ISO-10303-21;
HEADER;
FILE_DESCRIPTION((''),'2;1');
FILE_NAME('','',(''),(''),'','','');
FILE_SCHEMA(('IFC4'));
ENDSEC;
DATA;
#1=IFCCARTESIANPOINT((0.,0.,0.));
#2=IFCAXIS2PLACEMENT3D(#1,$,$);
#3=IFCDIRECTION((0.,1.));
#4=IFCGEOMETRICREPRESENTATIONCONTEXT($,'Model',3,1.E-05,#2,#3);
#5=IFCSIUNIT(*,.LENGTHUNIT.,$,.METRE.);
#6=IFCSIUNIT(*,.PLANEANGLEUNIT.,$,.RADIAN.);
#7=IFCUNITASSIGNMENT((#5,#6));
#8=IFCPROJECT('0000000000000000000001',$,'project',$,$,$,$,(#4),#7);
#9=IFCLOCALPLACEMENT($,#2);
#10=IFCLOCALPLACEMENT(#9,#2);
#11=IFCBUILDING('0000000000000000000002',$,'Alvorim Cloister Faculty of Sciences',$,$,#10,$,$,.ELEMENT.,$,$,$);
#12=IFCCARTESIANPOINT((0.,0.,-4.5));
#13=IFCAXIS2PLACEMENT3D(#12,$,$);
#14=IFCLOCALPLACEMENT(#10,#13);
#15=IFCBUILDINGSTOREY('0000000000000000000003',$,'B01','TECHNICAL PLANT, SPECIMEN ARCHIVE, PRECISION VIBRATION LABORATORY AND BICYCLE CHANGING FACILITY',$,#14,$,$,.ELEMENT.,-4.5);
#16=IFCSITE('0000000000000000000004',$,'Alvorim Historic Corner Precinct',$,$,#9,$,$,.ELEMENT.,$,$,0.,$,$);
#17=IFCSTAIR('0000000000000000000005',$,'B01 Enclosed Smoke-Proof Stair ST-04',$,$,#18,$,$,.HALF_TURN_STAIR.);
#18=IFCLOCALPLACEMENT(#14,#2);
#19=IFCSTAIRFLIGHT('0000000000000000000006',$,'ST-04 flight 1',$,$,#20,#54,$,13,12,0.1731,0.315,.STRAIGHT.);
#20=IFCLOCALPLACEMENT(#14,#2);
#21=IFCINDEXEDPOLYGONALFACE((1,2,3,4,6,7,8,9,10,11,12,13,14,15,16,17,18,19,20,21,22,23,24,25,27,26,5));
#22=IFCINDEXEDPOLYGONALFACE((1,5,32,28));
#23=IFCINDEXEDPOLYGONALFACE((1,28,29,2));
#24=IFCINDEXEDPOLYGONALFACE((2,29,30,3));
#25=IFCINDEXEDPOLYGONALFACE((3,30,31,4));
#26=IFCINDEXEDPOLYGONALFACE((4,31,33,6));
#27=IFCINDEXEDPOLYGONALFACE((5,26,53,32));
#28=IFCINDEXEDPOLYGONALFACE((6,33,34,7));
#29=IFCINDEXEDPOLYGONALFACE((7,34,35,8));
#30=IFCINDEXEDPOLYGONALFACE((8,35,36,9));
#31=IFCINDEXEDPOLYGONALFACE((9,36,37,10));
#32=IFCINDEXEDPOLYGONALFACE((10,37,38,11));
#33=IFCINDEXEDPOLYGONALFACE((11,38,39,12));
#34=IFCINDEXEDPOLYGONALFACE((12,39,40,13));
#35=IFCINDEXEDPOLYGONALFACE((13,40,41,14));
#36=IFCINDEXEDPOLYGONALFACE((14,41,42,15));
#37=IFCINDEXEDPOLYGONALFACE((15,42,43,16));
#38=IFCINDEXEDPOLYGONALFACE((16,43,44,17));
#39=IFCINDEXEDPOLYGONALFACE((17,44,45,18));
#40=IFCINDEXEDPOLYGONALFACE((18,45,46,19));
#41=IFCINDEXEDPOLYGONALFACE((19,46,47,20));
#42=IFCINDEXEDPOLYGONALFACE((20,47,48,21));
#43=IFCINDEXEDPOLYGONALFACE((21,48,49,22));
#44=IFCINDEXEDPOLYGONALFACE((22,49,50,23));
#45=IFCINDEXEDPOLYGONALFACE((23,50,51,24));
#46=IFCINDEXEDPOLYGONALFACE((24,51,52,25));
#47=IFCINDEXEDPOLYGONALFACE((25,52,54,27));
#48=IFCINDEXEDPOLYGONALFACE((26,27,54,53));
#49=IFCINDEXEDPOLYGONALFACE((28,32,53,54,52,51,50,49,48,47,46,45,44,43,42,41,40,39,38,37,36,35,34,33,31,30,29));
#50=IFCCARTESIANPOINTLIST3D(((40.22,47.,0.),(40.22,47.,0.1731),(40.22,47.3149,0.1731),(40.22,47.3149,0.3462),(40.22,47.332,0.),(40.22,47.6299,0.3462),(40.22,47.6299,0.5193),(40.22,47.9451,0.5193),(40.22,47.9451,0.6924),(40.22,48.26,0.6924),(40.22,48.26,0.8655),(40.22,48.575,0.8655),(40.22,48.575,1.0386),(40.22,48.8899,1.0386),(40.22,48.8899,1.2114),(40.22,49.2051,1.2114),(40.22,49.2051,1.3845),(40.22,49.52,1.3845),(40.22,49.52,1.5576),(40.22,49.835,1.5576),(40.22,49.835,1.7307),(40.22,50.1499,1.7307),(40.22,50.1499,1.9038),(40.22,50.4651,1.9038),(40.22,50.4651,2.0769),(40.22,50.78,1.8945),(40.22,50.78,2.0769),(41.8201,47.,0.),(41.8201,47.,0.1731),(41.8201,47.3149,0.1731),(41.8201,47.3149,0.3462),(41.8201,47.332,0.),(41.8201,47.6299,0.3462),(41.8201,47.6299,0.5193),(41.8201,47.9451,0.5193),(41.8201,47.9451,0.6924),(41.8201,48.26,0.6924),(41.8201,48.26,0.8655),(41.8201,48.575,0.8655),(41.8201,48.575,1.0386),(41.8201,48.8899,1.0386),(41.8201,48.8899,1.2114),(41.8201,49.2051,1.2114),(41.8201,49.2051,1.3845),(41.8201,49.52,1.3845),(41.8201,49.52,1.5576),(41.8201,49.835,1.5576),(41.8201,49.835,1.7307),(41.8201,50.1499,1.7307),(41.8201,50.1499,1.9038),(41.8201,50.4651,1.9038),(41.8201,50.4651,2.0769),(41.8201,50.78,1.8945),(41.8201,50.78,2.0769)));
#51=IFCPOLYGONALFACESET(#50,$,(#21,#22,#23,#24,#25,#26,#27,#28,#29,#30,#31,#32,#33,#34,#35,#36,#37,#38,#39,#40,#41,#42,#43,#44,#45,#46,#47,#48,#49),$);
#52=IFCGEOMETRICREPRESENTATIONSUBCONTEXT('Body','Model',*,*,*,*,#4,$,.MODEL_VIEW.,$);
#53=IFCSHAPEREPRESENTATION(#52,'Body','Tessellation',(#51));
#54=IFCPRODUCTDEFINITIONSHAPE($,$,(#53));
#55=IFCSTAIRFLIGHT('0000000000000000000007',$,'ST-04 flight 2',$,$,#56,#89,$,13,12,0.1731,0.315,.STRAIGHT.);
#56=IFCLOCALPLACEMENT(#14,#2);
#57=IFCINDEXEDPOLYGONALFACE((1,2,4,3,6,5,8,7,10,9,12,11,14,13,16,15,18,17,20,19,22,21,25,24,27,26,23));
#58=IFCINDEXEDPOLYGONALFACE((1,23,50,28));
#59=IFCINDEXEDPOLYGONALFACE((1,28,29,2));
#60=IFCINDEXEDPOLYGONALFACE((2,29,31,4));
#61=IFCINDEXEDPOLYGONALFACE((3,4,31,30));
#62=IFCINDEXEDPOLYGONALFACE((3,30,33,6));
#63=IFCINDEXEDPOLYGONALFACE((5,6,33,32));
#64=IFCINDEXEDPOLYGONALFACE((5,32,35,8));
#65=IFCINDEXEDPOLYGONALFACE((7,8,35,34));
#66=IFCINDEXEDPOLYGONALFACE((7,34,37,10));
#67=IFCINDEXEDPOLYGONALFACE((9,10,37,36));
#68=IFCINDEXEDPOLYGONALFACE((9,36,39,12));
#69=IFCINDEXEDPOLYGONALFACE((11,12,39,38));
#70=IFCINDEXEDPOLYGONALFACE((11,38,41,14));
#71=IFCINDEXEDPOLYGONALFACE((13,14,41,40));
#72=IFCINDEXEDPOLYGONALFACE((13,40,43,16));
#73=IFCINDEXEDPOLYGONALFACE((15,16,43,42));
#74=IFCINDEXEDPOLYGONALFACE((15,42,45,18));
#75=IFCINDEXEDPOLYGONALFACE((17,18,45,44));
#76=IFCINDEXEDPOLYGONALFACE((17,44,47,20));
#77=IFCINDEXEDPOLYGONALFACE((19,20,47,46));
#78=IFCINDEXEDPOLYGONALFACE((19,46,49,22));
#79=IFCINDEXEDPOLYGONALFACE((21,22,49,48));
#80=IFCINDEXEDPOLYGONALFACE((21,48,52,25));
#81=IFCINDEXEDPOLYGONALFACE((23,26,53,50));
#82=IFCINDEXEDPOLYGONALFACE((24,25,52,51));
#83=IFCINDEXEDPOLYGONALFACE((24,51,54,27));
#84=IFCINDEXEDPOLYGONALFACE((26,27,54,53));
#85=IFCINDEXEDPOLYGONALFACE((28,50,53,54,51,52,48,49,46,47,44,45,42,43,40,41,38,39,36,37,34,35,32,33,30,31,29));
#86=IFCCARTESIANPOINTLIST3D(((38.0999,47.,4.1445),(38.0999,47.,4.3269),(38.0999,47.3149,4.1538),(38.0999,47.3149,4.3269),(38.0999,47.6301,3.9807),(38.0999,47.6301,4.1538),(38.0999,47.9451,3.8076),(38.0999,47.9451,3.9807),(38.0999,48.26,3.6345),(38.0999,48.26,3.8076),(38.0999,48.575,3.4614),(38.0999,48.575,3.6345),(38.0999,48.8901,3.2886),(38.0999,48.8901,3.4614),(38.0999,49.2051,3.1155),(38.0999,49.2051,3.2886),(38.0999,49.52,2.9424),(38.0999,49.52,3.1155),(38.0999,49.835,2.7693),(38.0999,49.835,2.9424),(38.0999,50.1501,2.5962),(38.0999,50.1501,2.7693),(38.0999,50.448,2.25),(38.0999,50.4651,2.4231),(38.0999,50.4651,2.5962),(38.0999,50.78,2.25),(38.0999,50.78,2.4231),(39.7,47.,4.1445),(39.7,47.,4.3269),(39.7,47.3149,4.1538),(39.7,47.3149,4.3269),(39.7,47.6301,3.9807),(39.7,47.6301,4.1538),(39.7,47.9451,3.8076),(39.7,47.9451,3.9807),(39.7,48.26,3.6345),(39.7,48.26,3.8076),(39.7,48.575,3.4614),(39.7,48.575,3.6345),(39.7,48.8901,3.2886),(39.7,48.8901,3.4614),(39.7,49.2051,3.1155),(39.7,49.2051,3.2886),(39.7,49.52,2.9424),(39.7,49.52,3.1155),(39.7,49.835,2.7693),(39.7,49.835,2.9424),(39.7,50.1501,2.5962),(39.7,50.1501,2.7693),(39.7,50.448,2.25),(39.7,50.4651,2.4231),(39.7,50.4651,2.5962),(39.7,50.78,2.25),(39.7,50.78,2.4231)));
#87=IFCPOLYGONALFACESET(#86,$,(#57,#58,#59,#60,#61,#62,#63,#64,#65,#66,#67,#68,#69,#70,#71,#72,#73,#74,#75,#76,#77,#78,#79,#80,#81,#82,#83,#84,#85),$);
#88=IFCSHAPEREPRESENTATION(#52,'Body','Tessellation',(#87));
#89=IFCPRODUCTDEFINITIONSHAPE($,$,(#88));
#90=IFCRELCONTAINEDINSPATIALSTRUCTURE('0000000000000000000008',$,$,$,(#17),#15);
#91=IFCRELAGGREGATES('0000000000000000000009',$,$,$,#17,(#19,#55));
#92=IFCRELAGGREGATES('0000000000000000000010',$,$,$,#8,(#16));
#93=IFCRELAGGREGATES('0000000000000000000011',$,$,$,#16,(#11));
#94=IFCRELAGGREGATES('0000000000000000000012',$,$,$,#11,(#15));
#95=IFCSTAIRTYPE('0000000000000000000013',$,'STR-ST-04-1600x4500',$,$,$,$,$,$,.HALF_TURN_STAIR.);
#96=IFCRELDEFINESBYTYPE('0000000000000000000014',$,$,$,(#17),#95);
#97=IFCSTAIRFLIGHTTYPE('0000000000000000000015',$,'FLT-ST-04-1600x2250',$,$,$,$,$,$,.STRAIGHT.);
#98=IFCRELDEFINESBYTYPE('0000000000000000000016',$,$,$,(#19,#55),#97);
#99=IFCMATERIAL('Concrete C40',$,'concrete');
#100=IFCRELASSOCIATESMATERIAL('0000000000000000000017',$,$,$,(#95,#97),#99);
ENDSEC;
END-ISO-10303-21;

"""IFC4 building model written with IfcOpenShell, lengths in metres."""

from ifc_helpers import new_model, si_unit, direction, frame, origin, place, context, subcontext, project, spatial, polyline, outline, extrude, material, type_object, element, aggregate, save


model = new_model("IFC4")

# Units and contexts
model_context = context("Model", 3, precision=1e-05, world=origin(), true_north=direction((0.0, 1.0)))
body_context = subcontext(model_context, "Body", "Model", "MODEL_VIEW")
ifc_project = project(units=[si_unit("LENGTHUNIT", "METRE"), si_unit("PLANEANGLEUNIT", "RADIAN")], contexts=[model_context])

# Site, building, storey
site_placement = place(None, origin())
site = spatial("IfcSite", under=ifc_project, at=site_placement, Name="Alvorim Historic Corner Precinct", CompositionType="ELEMENT", RefElevation=0.0)
building_placement = place(site_placement, origin())
building = spatial("IfcBuilding", under=site, at=building_placement, Name="Alvorim Cloister Faculty of Sciences", CompositionType="ELEMENT")
storey_placement = place(building_placement, frame((0.0, 0.0, -4.5)))
storey = spatial("IfcBuildingStorey", under=building, at=storey_placement, Name="B01", Description="TECHNICAL PLANT, SPECIMEN ARCHIVE, PRECISION VIBRATION LABORATORY AND BICYCLE CHANGING FACILITY", CompositionType="ELEMENT", Elevation=-4.5)

# Shared definitions
ifc_material_1 = material(Name="Concrete C40", Category="concrete")

# Stair, stair flights
stair_type = type_object("IfcStairType", Name="STR-ST-04-1600x4500", PredefinedType="HALF_TURN_STAIR", material=ifc_material_1)
stair_placement = place(storey_placement, origin())
stair = element("IfcStair", 1, at=stair_placement, inside=storey, type_object=stair_type, Name="B01 Enclosed Smoke-Proof Stair ST-04", PredefinedType="HALF_TURN_STAIR")
stair_flight_type = type_object("IfcStairFlightType", Name="FLT-ST-04-1600x2250", PredefinedType="STRAIGHT", material=ifc_material_1)
stair_flight_1_placement = place(storey_placement, frame((41.02, 47.0, 0.0), z_axis=(0.0, 0.0, 1.0), x_axis=(0.0, 1.0, 0.0)))
stair_flight_1 = element("IfcStairFlight", 2, at=stair_flight_1_placement, type_object=stair_flight_type, Name="ST-04 flight 1", NumberOfRisers=13, NumberOfTreads=12, PredefinedType="STRAIGHT", RiserHeight=0.1731, TreadLength=0.315, context=body_context, shape_type="SweptSolid", body=[
    extrude(outline(polyline([(0.332, 0.0), (3.78, 1.8945), (3.78, 2.25), (3.78, 2.0769), (3.4651, 2.0769), (3.4651, 1.9038), (3.1499, 1.9038), (3.1499, 1.7307), (2.835, 1.7307), (2.835, 1.5576), (2.52, 1.5576), (2.52, 1.3845), (2.2051, 1.3845), (2.2051, 1.2114), (1.8899, 1.2114), (1.8899, 1.0386), (1.575, 1.0386), (1.575, 0.8655), (1.26, 0.8655), (1.26, 0.6924), (0.9451, 0.6924), (0.9451, 0.5193), (0.6299, 0.5193), (0.6299, 0.3462), (0.3149, 0.3462), (0.3149, 0.1731), (0.0, 0.1731), (0.0, 0.0), (0.332, 0.0)])), frame((0.0, 0.8, 0.0), z_axis=(0.0, -1.0, 0.0), x_axis=(1.0, 0.0, 0.0)), (0.0, 0.0, 1.0), 1.6001),
])
stair_flight_2_placement = place(storey_placement, frame((38.8999, 50.78, 2.25), z_axis=(0.0, 0.0, 1.0), x_axis=(0.0, -1.0, 0.0)))
stair_flight_2 = element("IfcStairFlight", 3, at=stair_flight_2_placement, type_object=stair_flight_type, Name="ST-04 flight 2", NumberOfRisers=13, NumberOfTreads=12, PredefinedType="STRAIGHT", RiserHeight=0.1731, TreadLength=0.315, context=body_context, shape_type="SweptSolid", body=[
    extrude(outline(polyline([(0.332, 0.0), (3.78, 1.8945), (3.78, 2.25), (3.78, 2.0769), (3.4651, 2.0769), (3.4651, 1.9038), (3.1499, 1.9038), (3.1499, 1.7307), (2.835, 1.7307), (2.835, 1.5576), (2.52, 1.5576), (2.52, 1.3845), (2.2051, 1.3845), (2.2051, 1.2114), (1.8899, 1.2114), (1.8899, 1.0386), (1.575, 1.0386), (1.575, 0.8655), (1.26, 0.8655), (1.26, 0.6924), (0.9451, 0.6924), (0.9451, 0.5193), (0.6299, 0.5193), (0.6299, 0.3462), (0.3149, 0.3462), (0.3149, 0.1731), (0.0, 0.1731), (0.0, 0.0), (0.332, 0.0)])), frame((0.0, 0.8, 0.0), z_axis=(0.0, -1.0, 0.0), x_axis=(1.0, 0.0, 0.0)), (0.0, 0.0, 1.0), 1.6001),
])
aggregate(stair, [stair_flight_1, stair_flight_2])

save(model, "model.ifc")
